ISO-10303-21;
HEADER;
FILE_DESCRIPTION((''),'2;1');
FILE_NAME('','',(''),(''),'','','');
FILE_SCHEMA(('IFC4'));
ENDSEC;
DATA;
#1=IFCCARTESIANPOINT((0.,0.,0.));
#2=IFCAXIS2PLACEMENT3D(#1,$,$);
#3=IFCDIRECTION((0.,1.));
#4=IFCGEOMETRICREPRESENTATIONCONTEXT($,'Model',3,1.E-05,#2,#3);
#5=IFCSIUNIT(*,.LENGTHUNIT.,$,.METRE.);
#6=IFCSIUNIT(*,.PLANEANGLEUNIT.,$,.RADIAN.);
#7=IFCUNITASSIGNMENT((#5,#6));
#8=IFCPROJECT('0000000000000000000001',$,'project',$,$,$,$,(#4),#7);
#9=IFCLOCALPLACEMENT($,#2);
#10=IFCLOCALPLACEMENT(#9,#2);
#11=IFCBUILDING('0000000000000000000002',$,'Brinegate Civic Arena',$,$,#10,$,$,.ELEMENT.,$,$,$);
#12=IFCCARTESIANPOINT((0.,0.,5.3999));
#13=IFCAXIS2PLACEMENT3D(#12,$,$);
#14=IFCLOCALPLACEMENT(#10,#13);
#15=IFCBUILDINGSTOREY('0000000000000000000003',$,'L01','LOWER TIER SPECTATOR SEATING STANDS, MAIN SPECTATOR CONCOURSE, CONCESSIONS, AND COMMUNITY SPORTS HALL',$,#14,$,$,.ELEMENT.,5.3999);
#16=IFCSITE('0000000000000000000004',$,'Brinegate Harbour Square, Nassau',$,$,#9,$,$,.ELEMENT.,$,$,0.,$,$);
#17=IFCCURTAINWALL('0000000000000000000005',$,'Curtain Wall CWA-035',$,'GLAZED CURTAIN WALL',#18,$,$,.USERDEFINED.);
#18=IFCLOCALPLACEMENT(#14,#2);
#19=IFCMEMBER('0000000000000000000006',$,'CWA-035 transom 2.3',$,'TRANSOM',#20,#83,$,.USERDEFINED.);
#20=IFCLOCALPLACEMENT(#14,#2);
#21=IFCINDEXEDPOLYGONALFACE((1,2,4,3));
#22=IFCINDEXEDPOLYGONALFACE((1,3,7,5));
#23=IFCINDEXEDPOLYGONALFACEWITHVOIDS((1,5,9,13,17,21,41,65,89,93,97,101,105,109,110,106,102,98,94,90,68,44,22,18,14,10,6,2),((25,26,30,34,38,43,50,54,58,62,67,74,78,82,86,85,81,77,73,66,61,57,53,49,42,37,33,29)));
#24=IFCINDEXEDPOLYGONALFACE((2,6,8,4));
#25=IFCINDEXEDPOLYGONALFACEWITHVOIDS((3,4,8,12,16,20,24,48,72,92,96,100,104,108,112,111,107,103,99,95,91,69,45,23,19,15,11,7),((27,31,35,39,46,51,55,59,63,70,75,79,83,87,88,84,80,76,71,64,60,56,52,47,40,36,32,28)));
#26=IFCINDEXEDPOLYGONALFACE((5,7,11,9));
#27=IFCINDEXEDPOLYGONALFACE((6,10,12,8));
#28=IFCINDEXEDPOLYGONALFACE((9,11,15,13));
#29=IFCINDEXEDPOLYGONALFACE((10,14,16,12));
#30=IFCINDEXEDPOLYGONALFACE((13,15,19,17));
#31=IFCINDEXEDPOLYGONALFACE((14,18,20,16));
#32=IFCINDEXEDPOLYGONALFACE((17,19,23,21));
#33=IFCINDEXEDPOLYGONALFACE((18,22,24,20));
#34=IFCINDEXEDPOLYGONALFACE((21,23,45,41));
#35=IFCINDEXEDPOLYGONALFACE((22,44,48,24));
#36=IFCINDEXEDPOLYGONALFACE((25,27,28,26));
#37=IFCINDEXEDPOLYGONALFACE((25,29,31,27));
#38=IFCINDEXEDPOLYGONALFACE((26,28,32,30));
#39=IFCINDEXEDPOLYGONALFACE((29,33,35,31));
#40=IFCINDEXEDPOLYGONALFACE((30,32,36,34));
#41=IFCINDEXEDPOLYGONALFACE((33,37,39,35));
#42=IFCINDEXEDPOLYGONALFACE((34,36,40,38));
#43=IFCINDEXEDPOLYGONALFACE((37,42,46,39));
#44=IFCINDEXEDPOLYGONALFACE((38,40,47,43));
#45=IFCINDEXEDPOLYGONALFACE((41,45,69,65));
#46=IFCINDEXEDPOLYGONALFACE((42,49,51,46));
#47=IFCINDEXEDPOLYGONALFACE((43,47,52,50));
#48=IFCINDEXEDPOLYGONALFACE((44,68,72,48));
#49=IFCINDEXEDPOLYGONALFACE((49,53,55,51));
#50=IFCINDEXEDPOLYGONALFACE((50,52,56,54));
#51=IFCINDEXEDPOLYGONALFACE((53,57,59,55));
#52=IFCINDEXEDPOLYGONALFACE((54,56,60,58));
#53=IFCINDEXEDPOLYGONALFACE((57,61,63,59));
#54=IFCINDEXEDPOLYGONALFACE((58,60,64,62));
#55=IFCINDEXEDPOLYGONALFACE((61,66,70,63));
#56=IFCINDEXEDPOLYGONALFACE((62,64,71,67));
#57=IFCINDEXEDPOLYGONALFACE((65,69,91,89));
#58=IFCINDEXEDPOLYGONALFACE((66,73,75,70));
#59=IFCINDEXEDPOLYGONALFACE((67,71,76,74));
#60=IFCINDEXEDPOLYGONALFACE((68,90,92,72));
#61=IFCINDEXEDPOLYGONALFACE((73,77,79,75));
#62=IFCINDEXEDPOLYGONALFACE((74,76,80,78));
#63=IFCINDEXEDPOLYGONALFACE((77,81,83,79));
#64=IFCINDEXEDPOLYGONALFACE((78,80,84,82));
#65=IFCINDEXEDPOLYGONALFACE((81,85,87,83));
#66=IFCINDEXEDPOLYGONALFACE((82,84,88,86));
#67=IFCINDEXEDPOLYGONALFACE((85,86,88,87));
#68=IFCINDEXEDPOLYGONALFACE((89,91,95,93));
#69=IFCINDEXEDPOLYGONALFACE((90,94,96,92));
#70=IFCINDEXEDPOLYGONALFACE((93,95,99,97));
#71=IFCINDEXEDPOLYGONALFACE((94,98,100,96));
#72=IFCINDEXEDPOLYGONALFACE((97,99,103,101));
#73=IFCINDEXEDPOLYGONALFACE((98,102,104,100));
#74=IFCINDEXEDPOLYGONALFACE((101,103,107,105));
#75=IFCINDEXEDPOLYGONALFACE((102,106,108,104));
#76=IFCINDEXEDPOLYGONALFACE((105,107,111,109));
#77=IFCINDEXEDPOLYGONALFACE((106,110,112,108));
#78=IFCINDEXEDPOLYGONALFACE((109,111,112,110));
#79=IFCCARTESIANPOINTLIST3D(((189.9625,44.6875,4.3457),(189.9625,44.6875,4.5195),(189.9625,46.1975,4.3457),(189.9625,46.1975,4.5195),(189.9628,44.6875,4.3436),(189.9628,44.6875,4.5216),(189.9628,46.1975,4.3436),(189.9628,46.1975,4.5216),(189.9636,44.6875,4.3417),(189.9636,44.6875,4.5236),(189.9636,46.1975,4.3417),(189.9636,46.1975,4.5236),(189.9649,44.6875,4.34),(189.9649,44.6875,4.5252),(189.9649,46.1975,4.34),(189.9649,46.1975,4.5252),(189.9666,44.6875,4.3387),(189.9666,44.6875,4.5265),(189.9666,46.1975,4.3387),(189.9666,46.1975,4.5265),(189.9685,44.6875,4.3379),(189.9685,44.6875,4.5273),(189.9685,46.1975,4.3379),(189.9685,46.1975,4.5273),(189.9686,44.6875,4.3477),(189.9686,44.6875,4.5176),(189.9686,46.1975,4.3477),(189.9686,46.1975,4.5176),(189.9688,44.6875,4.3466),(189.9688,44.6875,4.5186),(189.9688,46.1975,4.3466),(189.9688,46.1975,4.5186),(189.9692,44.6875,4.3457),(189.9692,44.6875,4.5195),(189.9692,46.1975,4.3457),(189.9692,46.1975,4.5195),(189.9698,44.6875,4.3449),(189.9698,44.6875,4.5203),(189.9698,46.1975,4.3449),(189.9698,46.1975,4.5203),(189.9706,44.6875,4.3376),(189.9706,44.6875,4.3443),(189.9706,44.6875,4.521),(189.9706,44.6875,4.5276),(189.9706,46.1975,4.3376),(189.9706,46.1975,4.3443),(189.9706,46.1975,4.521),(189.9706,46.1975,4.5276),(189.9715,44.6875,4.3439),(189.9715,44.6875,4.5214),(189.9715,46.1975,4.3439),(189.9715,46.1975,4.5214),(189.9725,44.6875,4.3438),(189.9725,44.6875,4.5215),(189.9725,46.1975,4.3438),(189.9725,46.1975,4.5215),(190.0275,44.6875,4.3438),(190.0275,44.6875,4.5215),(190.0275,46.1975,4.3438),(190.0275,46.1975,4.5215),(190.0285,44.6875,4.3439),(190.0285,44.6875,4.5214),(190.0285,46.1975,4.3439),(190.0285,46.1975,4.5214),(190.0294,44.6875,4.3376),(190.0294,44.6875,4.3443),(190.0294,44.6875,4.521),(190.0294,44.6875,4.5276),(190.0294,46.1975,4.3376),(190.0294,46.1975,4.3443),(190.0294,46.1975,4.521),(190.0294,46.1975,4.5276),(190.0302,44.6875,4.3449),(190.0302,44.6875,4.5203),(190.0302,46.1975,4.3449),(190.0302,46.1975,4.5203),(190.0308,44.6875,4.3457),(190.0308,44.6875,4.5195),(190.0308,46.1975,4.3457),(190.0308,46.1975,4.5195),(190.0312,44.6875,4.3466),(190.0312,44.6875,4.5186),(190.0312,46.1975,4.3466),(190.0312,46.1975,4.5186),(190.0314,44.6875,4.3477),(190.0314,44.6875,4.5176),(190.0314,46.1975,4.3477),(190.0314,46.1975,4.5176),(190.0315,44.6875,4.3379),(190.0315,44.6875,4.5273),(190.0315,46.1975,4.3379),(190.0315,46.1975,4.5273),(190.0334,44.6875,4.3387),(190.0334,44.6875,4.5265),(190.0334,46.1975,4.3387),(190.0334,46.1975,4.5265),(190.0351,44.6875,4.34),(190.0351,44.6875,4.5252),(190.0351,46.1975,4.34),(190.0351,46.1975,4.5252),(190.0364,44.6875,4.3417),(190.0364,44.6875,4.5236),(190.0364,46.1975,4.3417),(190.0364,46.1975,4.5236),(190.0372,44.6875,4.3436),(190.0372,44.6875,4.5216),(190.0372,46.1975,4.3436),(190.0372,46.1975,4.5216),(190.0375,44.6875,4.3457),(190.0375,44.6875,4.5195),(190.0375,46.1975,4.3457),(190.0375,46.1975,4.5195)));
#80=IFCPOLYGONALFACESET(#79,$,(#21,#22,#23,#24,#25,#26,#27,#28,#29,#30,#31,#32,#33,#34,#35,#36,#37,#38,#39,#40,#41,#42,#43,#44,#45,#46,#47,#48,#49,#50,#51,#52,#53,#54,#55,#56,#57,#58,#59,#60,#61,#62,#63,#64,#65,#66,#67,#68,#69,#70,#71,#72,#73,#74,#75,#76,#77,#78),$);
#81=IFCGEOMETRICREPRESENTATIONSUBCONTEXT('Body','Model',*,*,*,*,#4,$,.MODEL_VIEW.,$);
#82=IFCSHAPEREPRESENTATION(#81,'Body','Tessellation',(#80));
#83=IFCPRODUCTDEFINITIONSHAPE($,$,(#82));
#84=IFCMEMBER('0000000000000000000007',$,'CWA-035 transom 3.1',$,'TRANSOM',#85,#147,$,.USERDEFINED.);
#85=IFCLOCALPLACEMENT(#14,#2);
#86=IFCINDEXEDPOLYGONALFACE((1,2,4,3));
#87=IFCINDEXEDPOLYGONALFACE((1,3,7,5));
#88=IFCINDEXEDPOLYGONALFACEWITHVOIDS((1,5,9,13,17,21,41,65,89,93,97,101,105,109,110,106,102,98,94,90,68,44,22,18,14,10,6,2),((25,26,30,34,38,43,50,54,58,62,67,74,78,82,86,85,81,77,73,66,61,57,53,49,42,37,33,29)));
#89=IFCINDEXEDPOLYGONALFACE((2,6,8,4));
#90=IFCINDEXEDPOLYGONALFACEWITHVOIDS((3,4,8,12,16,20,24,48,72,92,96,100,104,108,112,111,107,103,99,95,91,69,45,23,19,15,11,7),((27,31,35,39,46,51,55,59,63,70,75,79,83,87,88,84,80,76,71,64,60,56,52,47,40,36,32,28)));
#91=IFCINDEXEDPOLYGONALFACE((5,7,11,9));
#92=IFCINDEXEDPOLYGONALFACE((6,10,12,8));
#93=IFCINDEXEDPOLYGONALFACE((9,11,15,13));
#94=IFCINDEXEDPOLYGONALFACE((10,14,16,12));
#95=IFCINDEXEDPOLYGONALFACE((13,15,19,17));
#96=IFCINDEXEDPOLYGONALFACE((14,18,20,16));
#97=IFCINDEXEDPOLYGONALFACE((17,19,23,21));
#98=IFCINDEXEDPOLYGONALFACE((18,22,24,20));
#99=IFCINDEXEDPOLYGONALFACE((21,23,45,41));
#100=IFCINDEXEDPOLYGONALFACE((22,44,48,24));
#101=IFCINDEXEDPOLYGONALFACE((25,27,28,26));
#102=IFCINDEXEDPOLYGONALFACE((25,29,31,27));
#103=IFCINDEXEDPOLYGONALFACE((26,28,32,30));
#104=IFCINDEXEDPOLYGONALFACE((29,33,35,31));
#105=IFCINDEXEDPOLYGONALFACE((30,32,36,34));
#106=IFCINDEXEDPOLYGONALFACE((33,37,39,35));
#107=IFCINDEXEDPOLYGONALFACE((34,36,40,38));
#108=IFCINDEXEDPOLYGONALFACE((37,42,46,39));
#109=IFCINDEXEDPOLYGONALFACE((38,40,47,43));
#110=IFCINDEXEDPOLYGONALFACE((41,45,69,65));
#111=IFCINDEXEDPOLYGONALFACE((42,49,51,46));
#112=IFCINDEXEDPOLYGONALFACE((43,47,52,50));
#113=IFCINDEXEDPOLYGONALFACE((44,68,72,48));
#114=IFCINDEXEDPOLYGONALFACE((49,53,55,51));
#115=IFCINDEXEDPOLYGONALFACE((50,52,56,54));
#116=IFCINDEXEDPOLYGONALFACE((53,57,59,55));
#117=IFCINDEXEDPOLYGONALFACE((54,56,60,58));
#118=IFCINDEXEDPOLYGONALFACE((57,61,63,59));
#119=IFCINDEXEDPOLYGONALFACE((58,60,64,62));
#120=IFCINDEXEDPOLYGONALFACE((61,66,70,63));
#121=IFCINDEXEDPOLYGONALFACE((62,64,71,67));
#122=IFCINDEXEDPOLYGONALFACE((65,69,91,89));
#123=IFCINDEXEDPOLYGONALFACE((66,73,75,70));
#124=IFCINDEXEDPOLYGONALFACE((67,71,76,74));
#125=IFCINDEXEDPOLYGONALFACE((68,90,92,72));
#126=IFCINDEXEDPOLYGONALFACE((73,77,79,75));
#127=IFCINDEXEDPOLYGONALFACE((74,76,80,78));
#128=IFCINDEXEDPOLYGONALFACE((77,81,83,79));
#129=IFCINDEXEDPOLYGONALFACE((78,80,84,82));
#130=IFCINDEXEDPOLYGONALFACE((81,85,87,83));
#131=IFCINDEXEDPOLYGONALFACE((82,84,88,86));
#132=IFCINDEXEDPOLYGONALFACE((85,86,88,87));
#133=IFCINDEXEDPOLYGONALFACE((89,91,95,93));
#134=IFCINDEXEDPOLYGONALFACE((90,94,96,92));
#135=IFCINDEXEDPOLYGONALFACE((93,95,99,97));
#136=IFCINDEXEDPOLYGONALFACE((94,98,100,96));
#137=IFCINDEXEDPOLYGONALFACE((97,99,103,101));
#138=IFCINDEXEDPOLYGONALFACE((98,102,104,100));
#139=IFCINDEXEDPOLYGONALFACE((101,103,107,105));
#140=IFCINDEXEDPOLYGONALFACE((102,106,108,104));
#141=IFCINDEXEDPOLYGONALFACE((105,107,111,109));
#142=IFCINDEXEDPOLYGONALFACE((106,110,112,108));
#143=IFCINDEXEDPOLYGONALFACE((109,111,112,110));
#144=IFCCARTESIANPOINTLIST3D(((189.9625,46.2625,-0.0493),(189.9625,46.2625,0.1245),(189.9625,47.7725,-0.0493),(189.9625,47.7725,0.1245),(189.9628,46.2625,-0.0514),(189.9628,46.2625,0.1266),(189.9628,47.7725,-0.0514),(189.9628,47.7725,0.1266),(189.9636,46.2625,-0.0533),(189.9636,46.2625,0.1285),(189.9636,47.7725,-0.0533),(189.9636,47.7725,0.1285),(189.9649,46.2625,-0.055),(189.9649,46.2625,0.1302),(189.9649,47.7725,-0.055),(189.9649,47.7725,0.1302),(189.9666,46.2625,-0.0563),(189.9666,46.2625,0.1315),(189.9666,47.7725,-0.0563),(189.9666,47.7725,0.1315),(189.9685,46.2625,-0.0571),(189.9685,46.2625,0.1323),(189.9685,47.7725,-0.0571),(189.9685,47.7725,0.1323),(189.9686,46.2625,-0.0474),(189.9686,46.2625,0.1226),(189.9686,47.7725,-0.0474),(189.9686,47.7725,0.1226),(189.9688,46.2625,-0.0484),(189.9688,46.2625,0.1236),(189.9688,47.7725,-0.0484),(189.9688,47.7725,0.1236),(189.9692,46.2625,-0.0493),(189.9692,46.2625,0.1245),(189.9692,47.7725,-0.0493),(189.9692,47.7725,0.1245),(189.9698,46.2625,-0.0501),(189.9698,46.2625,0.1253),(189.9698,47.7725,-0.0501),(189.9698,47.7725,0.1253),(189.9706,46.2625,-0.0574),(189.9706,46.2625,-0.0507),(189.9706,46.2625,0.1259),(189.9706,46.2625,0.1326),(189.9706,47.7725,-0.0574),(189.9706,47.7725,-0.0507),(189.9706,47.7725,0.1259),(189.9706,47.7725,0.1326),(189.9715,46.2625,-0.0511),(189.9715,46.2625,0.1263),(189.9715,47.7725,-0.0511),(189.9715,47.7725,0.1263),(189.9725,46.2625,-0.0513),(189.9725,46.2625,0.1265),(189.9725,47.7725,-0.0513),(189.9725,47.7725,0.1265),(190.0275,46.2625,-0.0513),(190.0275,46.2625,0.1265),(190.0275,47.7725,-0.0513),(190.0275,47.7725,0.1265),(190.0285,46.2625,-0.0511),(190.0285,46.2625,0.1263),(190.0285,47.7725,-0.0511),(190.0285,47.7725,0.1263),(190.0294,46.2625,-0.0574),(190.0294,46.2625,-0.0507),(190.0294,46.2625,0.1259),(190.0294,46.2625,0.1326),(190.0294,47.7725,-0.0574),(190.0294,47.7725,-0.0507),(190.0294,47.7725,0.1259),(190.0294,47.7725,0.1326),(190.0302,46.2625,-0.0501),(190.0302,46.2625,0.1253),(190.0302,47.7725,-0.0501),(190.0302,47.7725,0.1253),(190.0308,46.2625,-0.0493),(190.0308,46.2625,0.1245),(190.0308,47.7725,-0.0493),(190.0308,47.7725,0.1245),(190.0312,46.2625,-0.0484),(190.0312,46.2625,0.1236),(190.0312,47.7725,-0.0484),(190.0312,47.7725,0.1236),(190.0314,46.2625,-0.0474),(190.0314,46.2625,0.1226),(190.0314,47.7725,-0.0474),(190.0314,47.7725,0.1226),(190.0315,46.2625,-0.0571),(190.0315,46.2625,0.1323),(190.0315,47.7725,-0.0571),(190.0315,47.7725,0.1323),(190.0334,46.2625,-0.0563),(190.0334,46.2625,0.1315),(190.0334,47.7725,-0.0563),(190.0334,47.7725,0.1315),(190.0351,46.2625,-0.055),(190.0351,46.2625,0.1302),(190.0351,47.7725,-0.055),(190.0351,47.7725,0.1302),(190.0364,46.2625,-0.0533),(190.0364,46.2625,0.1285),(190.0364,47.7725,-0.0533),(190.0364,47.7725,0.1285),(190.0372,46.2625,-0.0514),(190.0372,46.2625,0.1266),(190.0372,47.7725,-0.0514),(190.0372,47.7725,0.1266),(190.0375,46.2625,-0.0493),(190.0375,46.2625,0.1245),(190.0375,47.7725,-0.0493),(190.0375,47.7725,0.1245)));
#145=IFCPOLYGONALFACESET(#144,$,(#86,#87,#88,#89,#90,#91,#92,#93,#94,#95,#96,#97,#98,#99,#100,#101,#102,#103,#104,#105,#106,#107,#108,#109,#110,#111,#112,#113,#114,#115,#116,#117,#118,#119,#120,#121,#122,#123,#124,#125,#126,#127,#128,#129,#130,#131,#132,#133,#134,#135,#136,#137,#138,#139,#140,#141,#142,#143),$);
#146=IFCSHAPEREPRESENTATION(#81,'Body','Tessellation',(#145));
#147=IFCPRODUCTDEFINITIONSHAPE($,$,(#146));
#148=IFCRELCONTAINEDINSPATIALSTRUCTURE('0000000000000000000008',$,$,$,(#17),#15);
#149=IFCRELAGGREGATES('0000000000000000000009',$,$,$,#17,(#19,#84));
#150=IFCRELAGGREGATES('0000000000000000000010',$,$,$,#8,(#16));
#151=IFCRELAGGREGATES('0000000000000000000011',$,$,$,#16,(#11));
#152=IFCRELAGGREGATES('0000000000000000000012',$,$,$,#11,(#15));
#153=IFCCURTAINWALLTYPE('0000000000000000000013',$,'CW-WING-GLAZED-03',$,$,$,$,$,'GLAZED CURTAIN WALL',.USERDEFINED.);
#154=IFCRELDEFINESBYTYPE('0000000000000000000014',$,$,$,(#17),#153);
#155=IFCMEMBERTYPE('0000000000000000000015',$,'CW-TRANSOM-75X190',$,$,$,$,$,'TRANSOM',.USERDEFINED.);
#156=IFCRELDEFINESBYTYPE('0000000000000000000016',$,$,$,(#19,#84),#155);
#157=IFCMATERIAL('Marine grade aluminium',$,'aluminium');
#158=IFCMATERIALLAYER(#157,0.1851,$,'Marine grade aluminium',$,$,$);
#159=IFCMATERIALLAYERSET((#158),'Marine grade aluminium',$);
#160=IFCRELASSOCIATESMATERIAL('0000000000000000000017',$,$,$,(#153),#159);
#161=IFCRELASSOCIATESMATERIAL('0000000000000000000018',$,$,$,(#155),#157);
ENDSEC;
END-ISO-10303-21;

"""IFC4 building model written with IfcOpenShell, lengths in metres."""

from ifc_helpers import new_model, si_unit, direction, frame, origin, origin_2d, place, context, subcontext, project, spatial, hollow_rectangle, extrude, material, layer, layer_set, material_profile, profile_set, type_object, element, aggregate, save


model = new_model("IFC4")

# Units and contexts
model_context = context("Model", 3, precision=1e-05, world=origin(), true_north=direction((0.0, 1.0)))
body_context = subcontext(model_context, "Body", "Model", "MODEL_VIEW")
ifc_project = project(units=[si_unit("LENGTHUNIT", "METRE"), si_unit("PLANEANGLEUNIT", "RADIAN")], contexts=[model_context])

# Site, building, storey
site_placement = place(None, origin())
site = spatial("IfcSite", under=ifc_project, at=site_placement, Name="Brinegate Harbour Square, Nassau", CompositionType="ELEMENT", RefElevation=0.0)
building_placement = place(site_placement, origin())
building = spatial("IfcBuilding", under=site, at=building_placement, Name="Brinegate Civic Arena", CompositionType="ELEMENT")
storey_placement = place(building_placement, frame((0.0, 0.0, 5.3999)))
storey = spatial("IfcBuildingStorey", under=building, at=storey_placement, Name="L01", Description="LOWER TIER SPECTATOR SEATING STANDS, MAIN SPECTATOR CONCOURSE, CONCESSIONS, AND COMMUNITY SPORTS HALL", CompositionType="ELEMENT", Elevation=5.3999)

# Curtain wall, members
ifc_material_1 = material(Name="Marine grade aluminium", Category="aluminium")
ifc_layer_1 = layer(ifc_material_1, 0.1851, Name="Marine grade aluminium")
ifc_layer_set_1 = layer_set([ifc_layer_1], Name="Marine grade aluminium")
curtain_wall_type = type_object("IfcCurtainWallType", Name="CW-WING-GLAZED-03", ElementType="GLAZED CURTAIN WALL", PredefinedType="USERDEFINED", material=ifc_layer_set_1)
curtain_wall_placement = place(storey_placement, origin())
curtain_wall = element("IfcCurtainWall", 1, at=curtain_wall_placement, inside=storey, type_object=curtain_wall_type, Name="Curtain Wall CWA-035", ObjectType="GLAZED CURTAIN WALL", PredefinedType="USERDEFINED")
ifc_material_profile_1 = material_profile(ifc_material_1, hollow_rectangle(XDim=0.075, YDim=0.1899, WallThickness=0.0061, InnerFilletRadius=0.0039, OuterFilletRadius=0.0081, at=origin_2d()), Name="TRN75X190")
ifc_profile_set_1 = profile_set([ifc_material_profile_1], Name="Marine grade aluminium")
member_type_1 = type_object("IfcMemberType", Name="CW-TRANSOM-75X190", ElementType="TRANSOM", PredefinedType="USERDEFINED", material=ifc_profile_set_1)
member_1_placement = place(storey_placement, frame((190.0, 44.6875, 4.4326), z_axis=(0.0, 1.0, 0.0), x_axis=(-1.0, 0.0, 0.0)))
member_1 = element("IfcMember", 2, at=member_1_placement, type_object=member_type_1, Name="CWA-035 transom 2.3", ObjectType="TRANSOM", PredefinedType="USERDEFINED", context=body_context, shape_type="SweptSolid", body=[
    extrude(hollow_rectangle(XDim=0.075, YDim=0.1899, WallThickness=0.0061, InnerFilletRadius=0.0039, OuterFilletRadius=0.0081, at=origin_2d()), origin(), (0.0, 0.0, 1.0), 1.51),
])
member_2_placement = place(storey_placement, frame((190.0, 46.2625, 0.0376), z_axis=(0.0, 1.0, 0.0), x_axis=(-1.0, 0.0, 0.0)))
member_2 = element("IfcMember", 3, at=member_2_placement, type_object=member_type_1, Name="CWA-035 transom 3.1", ObjectType="TRANSOM", PredefinedType="USERDEFINED", context=body_context, shape_type="SweptSolid", body=[
    extrude(hollow_rectangle(XDim=0.075, YDim=0.1899, WallThickness=0.0061, InnerFilletRadius=0.0039, OuterFilletRadius=0.0081, at=origin_2d()), origin(), (0.0, 0.0, 1.0), 1.51),
])
aggregate(curtain_wall, [member_1, member_2])

save(model, "model.ifc")
